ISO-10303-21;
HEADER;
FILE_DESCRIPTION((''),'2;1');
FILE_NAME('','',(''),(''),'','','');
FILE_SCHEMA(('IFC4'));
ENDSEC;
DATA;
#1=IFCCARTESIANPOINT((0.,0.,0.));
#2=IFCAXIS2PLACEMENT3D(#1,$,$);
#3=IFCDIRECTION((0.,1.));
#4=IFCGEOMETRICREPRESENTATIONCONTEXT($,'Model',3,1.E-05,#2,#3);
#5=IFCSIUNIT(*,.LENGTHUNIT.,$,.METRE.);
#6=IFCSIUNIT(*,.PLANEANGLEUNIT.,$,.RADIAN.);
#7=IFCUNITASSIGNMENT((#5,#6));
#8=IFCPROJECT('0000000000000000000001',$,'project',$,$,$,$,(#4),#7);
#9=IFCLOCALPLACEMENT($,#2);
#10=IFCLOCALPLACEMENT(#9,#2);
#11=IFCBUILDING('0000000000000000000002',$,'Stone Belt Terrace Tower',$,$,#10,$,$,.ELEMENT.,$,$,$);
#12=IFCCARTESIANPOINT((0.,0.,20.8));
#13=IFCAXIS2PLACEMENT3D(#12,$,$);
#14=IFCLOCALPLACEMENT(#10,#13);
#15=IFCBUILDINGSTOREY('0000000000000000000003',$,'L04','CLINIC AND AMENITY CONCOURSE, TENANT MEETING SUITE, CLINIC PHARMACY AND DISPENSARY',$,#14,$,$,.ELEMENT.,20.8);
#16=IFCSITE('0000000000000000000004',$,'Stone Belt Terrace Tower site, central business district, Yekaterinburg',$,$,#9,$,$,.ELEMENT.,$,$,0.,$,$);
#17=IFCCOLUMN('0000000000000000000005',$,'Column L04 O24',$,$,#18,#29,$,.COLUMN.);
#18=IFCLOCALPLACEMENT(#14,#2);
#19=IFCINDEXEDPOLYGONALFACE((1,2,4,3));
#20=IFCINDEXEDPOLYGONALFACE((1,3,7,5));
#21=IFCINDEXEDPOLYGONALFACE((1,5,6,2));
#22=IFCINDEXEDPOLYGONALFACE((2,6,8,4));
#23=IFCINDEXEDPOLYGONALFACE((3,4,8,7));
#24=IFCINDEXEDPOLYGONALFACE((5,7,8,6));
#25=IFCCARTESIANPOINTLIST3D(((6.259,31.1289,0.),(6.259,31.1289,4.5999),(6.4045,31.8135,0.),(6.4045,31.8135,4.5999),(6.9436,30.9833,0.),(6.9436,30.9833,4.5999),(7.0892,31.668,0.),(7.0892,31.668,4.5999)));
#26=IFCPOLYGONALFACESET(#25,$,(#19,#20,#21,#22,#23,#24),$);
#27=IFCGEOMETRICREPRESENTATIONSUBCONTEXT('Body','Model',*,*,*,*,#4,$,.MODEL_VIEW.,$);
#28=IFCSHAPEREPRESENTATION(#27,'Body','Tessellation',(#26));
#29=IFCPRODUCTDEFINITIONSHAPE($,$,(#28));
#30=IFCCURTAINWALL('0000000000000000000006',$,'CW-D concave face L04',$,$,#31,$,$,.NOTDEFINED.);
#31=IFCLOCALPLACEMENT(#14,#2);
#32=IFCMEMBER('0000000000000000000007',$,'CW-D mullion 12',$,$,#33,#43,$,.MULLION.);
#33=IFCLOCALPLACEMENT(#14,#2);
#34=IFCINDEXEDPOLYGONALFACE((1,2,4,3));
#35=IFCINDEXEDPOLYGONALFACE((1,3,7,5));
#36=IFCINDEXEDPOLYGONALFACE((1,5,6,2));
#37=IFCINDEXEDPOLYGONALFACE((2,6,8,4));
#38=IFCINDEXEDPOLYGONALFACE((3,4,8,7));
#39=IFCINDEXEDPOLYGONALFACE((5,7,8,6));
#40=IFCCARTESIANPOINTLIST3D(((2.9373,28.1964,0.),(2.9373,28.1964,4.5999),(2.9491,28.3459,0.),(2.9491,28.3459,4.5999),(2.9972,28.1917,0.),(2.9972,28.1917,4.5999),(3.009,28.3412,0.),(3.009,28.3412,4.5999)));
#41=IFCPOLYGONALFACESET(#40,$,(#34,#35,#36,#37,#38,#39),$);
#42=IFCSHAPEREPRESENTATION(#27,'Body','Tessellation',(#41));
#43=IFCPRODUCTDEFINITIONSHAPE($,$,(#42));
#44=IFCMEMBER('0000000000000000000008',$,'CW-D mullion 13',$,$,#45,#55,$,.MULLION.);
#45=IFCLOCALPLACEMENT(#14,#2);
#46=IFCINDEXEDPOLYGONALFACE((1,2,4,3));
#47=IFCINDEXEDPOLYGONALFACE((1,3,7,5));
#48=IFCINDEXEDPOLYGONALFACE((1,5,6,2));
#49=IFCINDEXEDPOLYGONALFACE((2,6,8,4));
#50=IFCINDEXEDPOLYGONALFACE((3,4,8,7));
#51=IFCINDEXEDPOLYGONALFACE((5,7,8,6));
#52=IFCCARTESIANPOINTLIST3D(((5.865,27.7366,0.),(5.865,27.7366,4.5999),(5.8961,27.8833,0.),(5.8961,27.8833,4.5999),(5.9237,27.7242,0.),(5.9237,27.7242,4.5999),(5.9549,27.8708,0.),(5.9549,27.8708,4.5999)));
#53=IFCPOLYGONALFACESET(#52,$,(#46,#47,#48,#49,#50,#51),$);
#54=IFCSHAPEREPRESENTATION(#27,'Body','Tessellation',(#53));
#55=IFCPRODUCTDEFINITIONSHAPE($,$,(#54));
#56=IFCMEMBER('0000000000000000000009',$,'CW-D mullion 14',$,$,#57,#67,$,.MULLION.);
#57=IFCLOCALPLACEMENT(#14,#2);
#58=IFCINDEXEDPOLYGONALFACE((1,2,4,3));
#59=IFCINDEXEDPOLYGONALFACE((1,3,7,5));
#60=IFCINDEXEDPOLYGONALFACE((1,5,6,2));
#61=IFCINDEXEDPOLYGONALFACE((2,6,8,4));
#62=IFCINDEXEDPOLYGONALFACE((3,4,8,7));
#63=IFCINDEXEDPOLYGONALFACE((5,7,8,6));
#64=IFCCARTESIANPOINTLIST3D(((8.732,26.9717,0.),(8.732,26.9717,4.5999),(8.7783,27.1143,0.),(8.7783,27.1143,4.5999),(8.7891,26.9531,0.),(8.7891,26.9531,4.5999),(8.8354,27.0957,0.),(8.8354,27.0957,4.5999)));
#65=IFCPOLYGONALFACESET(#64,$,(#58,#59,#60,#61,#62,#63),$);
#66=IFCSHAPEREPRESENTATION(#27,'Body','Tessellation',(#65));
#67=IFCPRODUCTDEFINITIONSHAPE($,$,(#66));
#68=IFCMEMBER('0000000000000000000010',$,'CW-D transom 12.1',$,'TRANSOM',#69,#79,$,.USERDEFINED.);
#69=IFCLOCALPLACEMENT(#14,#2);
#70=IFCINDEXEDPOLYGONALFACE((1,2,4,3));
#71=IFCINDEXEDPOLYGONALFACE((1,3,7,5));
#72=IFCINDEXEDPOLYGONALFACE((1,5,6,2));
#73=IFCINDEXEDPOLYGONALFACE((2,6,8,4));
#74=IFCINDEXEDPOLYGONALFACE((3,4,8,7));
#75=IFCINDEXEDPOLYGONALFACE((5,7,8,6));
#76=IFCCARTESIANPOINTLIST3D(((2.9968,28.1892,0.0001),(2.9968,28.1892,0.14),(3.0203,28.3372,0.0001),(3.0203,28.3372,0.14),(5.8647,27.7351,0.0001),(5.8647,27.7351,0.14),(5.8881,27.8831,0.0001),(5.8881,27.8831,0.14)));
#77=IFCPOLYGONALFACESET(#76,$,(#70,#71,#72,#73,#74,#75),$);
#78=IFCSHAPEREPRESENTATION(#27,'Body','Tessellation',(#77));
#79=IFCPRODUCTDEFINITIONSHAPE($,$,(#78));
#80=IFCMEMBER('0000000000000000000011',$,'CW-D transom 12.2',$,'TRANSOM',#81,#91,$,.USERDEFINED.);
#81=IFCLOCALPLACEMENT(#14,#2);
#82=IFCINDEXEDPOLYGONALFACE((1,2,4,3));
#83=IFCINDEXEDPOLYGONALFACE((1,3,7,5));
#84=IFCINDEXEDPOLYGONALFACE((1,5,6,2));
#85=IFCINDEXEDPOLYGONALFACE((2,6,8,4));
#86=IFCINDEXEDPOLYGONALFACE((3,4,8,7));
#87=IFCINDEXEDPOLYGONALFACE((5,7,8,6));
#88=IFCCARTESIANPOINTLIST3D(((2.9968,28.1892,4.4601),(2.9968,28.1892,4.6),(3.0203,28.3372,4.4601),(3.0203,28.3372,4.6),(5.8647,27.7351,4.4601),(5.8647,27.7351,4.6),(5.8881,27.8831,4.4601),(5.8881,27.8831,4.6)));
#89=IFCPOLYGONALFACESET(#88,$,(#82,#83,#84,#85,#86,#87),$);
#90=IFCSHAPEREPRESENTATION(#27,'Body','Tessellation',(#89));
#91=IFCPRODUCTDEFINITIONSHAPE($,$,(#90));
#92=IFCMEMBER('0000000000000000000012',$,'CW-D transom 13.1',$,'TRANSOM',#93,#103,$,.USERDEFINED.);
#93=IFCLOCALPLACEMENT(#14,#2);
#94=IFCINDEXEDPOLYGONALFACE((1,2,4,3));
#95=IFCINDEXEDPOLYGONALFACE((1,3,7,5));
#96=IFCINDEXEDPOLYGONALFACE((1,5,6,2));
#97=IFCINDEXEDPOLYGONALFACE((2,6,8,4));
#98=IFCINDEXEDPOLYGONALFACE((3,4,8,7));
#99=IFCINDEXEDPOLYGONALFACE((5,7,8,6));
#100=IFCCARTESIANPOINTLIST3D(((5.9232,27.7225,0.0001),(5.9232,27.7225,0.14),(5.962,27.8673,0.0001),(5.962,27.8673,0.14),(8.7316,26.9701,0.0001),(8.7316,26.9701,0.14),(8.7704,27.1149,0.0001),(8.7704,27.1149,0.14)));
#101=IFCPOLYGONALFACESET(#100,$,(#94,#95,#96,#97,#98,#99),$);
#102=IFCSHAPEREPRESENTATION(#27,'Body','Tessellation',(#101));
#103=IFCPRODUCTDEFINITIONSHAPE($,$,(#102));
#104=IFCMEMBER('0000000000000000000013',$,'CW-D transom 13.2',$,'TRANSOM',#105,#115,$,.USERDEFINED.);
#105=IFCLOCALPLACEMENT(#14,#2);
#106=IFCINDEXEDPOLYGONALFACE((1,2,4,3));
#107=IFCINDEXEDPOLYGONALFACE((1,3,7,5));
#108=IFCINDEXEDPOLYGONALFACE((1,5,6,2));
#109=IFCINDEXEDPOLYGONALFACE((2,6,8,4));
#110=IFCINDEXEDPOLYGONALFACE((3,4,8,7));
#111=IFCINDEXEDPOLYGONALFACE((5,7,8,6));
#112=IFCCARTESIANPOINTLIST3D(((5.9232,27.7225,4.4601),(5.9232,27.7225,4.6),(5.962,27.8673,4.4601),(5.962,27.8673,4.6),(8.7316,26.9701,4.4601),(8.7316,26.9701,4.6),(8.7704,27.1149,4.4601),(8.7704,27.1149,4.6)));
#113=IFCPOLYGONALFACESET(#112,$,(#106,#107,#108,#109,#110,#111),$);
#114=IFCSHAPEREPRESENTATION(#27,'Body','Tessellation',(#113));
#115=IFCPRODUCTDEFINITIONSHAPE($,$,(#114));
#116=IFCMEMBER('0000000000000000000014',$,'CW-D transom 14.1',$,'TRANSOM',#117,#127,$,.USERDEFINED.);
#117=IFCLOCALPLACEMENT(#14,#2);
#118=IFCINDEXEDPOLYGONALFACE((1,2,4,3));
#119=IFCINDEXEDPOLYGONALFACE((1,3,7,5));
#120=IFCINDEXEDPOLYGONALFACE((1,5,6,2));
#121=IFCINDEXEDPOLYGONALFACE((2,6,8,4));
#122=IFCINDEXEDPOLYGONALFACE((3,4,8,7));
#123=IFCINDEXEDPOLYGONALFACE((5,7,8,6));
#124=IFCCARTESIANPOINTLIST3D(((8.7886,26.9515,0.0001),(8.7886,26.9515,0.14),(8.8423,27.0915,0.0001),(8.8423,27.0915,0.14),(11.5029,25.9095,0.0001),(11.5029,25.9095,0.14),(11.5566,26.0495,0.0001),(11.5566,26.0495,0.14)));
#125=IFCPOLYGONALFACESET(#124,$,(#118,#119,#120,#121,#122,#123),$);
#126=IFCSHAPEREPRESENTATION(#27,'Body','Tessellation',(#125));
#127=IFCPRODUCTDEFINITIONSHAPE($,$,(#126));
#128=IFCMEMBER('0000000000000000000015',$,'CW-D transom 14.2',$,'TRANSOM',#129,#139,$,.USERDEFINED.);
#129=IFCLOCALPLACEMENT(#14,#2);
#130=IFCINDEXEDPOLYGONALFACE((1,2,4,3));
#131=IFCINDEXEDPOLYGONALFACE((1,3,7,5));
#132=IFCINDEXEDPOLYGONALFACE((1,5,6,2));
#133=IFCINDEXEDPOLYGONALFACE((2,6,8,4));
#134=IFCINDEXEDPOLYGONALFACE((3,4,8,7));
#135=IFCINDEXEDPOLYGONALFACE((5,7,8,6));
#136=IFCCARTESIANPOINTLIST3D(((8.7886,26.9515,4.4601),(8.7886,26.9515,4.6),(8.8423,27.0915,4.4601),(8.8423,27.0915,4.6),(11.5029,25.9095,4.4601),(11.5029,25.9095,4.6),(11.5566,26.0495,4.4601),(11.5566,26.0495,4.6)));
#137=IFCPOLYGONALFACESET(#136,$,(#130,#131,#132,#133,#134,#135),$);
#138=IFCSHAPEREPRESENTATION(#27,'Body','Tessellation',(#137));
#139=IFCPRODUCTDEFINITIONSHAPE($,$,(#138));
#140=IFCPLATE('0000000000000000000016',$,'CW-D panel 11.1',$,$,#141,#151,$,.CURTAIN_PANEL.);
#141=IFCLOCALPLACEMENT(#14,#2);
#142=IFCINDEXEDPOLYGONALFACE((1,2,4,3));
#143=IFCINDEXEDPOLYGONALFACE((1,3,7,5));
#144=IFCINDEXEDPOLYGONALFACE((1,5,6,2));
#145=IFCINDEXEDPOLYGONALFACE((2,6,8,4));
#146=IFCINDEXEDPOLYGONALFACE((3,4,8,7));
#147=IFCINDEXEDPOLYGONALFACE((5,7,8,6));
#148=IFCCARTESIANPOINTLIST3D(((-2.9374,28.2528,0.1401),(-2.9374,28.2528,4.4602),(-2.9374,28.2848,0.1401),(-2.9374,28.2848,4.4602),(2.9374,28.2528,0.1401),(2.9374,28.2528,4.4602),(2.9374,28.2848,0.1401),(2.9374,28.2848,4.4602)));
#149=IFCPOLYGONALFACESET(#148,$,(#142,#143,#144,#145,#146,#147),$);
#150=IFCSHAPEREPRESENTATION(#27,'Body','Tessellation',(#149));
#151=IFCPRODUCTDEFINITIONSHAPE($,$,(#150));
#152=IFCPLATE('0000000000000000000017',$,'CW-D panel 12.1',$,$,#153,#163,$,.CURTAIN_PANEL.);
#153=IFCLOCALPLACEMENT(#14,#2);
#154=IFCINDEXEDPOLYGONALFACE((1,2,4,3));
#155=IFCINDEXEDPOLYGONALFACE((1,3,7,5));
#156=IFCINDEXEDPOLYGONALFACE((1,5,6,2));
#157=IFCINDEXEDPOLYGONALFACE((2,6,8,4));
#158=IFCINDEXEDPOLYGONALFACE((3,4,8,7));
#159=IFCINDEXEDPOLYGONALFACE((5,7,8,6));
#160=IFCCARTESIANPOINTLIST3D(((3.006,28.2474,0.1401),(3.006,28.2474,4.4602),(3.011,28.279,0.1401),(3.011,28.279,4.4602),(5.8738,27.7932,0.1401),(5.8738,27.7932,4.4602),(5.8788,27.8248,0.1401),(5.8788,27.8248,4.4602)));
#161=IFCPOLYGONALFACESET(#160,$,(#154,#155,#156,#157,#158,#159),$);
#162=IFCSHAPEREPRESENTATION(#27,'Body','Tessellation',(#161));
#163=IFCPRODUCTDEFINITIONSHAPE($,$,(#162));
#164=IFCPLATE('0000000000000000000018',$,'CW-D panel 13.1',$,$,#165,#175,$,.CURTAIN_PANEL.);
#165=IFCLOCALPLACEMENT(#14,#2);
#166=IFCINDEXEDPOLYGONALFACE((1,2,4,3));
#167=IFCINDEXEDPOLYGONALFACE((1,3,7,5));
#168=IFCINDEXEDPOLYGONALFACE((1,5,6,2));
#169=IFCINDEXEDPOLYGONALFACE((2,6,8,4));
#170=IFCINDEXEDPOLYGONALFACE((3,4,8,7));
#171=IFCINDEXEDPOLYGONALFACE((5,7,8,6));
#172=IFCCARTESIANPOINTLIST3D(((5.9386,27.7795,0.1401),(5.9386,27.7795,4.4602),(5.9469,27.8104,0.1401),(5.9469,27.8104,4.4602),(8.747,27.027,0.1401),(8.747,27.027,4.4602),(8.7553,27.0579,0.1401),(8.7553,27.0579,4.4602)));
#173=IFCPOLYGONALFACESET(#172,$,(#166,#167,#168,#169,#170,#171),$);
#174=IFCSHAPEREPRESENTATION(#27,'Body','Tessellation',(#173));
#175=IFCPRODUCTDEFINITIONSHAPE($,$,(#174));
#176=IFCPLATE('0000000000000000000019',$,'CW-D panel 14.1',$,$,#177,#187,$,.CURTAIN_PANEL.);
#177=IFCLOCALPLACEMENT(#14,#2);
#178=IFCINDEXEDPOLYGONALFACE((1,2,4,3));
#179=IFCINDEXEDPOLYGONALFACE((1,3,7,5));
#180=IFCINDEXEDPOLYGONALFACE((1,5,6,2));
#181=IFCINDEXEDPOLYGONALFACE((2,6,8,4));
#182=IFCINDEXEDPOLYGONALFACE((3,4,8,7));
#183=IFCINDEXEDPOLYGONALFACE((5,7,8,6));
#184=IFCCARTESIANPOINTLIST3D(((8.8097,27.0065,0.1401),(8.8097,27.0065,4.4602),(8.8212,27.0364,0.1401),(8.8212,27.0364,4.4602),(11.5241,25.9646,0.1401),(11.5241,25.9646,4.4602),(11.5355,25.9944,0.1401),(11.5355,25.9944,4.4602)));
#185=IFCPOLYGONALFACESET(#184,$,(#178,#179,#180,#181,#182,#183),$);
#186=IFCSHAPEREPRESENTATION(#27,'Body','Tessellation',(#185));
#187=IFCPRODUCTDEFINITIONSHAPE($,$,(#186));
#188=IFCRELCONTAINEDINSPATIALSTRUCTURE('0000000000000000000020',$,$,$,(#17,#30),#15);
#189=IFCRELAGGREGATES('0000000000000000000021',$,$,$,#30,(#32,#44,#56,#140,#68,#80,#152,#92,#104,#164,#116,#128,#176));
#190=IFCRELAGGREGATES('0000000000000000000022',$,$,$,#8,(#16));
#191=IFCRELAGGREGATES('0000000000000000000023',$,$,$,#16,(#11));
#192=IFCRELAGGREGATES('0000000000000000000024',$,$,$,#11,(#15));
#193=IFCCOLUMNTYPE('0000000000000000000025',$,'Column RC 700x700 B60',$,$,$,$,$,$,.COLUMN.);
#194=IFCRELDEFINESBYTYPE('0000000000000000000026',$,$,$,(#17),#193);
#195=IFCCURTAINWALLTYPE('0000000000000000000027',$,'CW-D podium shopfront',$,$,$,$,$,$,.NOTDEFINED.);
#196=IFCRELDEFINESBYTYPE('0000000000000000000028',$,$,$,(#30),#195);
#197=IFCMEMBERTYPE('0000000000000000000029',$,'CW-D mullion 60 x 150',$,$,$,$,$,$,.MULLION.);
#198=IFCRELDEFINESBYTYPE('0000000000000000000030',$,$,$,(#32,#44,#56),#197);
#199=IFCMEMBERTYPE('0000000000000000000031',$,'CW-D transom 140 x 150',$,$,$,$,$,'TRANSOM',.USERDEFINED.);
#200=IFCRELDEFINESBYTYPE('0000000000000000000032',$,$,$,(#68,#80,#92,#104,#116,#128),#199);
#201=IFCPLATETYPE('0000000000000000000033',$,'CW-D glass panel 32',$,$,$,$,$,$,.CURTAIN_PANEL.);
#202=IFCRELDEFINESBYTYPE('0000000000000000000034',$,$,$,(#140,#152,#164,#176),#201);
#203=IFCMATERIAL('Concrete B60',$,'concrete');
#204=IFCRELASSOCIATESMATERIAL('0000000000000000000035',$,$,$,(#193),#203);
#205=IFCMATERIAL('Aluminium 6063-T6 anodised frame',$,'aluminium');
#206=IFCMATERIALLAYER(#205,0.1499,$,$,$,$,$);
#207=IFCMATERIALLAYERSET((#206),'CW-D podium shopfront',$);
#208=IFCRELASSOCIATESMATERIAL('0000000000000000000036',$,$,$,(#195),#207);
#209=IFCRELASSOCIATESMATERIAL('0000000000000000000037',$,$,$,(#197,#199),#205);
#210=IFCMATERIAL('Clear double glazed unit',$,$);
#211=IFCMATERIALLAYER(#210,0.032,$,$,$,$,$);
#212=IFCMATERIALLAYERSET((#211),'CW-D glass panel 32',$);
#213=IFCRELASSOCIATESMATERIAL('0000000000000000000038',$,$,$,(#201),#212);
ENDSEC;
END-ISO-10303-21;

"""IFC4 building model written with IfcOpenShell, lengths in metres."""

from ifc_helpers import new_model, si_unit, direction, frame, origin, origin_2d, place, context, subcontext, project, spatial, rectangle, extrude, material, layer, layer_set, material_profile, profile_set, type_object, element, aggregate, save


model = new_model("IFC4")

# Units and contexts
model_context = context("Model", 3, precision=1e-05, world=origin(), true_north=direction((0.0, 1.0)))
body_context = subcontext(model_context, "Body", "Model", "MODEL_VIEW")
ifc_project = project(units=[si_unit("LENGTHUNIT", "METRE"), si_unit("PLANEANGLEUNIT", "RADIAN")], contexts=[model_context])

# Site, building, storey
site_placement = place(None, origin())
site = spatial("IfcSite", under=ifc_project, at=site_placement, Name="Stone Belt Terrace Tower site, central business district, Yekaterinburg", CompositionType="ELEMENT", RefElevation=0.0)
building_placement = place(site_placement, origin())
building = spatial("IfcBuilding", under=site, at=building_placement, Name="Stone Belt Terrace Tower", CompositionType="ELEMENT")
storey_placement = place(building_placement, frame((0.0, 0.0, 20.8)))
storey = spatial("IfcBuildingStorey", under=building, at=storey_placement, Name="L04", Description="CLINIC AND AMENITY CONCOURSE, TENANT MEETING SUITE, CLINIC PHARMACY AND DISPENSARY", CompositionType="ELEMENT", Elevation=20.8)

# Column
ifc_material_1 = material(Name="Concrete B60", Category="concrete")
ifc_material_profile_1 = material_profile(ifc_material_1, rectangle(XDim=0.7, YDim=0.7, at=origin_2d()), Name="RC 700x700")
ifc_profile_set_1 = profile_set([ifc_material_profile_1], Name="Concrete B60")
column_type = type_object("IfcColumnType", Name="Column RC 700x700 B60", PredefinedType="COLUMN", material=ifc_profile_set_1)
column_placement = place(storey_placement, frame((6.6741, 31.3984, 0.0), z_axis=(0.0, 0.0, 1.0), x_axis=(0.978148, -0.207912, 0.0)))
element("IfcColumn", 1, at=column_placement, inside=storey, type_object=column_type, Name="Column L04 O24", PredefinedType="COLUMN", context=body_context, shape_type="SweptSolid", body=[
    extrude(rectangle(XDim=0.7, YDim=0.7, at=origin_2d()), origin(), (0.0, 0.0, 1.0), 4.5999),
])

# Curtain wall, members, plates
ifc_material_2 = material(Name="Aluminium 6063-T6 anodised frame", Category="aluminium")
ifc_layer_1 = layer(ifc_material_2, 0.1499)
ifc_layer_set_1 = layer_set([ifc_layer_1], Name="CW-D podium shopfront")
curtain_wall_type = type_object("IfcCurtainWallType", Name="CW-D podium shopfront", PredefinedType="NOTDEFINED", material=ifc_layer_set_1)
curtain_wall_placement = place(storey_placement, origin())
curtain_wall = element("IfcCurtainWall", 2, at=curtain_wall_placement, inside=storey, type_object=curtain_wall_type, Name="CW-D concave face L04", PredefinedType="NOTDEFINED")
ifc_material_profile_2 = material_profile(ifc_material_2, rectangle(XDim=0.1499, YDim=0.0601, at=origin_2d()), Name="Aluminium 6063-T6 60x150")
ifc_profile_set_2 = profile_set([ifc_material_profile_2], Name="Aluminium 6063-T6 anodised frame")
member_type_1 = type_object("IfcMemberType", Name="CW-D mullion 60 x 150", PredefinedType="MULLION", material=ifc_profile_set_2)
member_1_placement = place(storey_placement, frame((2.9731, 28.2688, 0.0), z_axis=(0.0, 0.0, 1.0), x_axis=(0.078459, 0.996917, 0.0)))
member_1 = element("IfcMember", 3, at=member_1_placement, type_object=member_type_1, Name="CW-D mullion 12", PredefinedType="MULLION", context=body_context, shape_type="SweptSolid", body=[
    extrude(rectangle(XDim=0.1499, YDim=0.0601, at=origin_2d()), origin(), (0.0, 0.0, 1.0), 4.5999),
])
member_2_placement = place(storey_placement, frame((5.9099, 27.8037, 0.0), z_axis=(0.0, 0.0, 1.0), x_axis=(0.207912, 0.978148, 0.0)))
member_2 = element("IfcMember", 4, at=member_2_placement, type_object=member_type_1, Name="CW-D mullion 13", PredefinedType="MULLION", context=body_context, shape_type="SweptSolid", body=[
    extrude(rectangle(XDim=0.1499, YDim=0.0601, at=origin_2d()), origin(), (0.0, 0.0, 1.0), 4.5999),
])
member_3_placement = place(storey_placement, frame((8.7837, 27.0337, 0.0), z_axis=(0.0, 0.0, 1.0), x_axis=(0.309017, 0.951057, 0.0)))
member_3 = element("IfcMember", 5, at=member_3_placement, type_object=member_type_1, Name="CW-D mullion 14", PredefinedType="MULLION", context=body_context, shape_type="SweptSolid", body=[
    extrude(rectangle(XDim=0.1499, YDim=0.0601, at=origin_2d()), origin(), (0.0, 0.0, 1.0), 4.5999),
])
ifc_material_profile_3 = material_profile(ifc_material_2, rectangle(XDim=0.1499, YDim=0.1399, at=origin_2d()), Name="Aluminium 6063-T6 150x140")
ifc_profile_set_3 = profile_set([ifc_material_profile_3], Name="Aluminium 6063-T6 anodised frame")
member_type_2 = type_object("IfcMemberType", Name="CW-D transom 140 x 150", ElementType="TRANSOM", PredefinedType="USERDEFINED", material=ifc_profile_set_3)
member_4_placement = place(storey_placement, frame((3.0085, 28.2632, 0.0701), z_axis=(0.987695, -0.15639, 0.0), x_axis=(0.15639, 0.987695, 0.0)))
member_4 = element("IfcMember", 6, at=member_4_placement, type_object=member_type_2, Name="CW-D transom 12.1", ObjectType="TRANSOM", PredefinedType="USERDEFINED", context=body_context, shape_type="SweptSolid", body=[
    extrude(rectangle(XDim=0.1499, YDim=0.1399, at=origin_2d()), origin(), (0.0, 0.0, 1.0), 2.9036),
])
member_5_placement = place(storey_placement, frame((3.0085, 28.2632, 4.53), z_axis=(0.987695, -0.15639, 0.0), x_axis=(0.15639, 0.987695, 0.0)))
member_5 = element("IfcMember", 7, at=member_5_placement, type_object=member_type_2, Name="CW-D transom 12.2", ObjectType="TRANSOM", PredefinedType="USERDEFINED", context=body_context, shape_type="SweptSolid", body=[
    extrude(rectangle(XDim=0.1499, YDim=0.1399, at=origin_2d()), origin(), (0.0, 0.0, 1.0), 2.9036),
])
member_6_placement = place(storey_placement, frame((5.9426, 27.7949, 0.0701), z_axis=(0.96593, -0.258802, 0.0), x_axis=(0.258802, 0.96593, 0.0)))
member_6 = element("IfcMember", 8, at=member_6_placement, type_object=member_type_2, Name="CW-D transom 13.1", ObjectType="TRANSOM", PredefinedType="USERDEFINED", context=body_context, shape_type="SweptSolid", body=[
    extrude(rectangle(XDim=0.1499, YDim=0.1399, at=origin_2d()), origin(), (0.0, 0.0, 1.0), 2.9075),
])
member_7_placement = place(storey_placement, frame((5.9426, 27.7949, 4.53), z_axis=(0.96593, -0.258802, 0.0), x_axis=(0.258802, 0.96593, 0.0)))
member_7 = element("IfcMember", 9, at=member_7_placement, type_object=member_type_2, Name="CW-D transom 13.2", ObjectType="TRANSOM", PredefinedType="USERDEFINED", context=body_context, shape_type="SweptSolid", body=[
    extrude(rectangle(XDim=0.1499, YDim=0.1399, at=origin_2d()), origin(), (0.0, 0.0, 1.0), 2.9075),
])
member_8_placement = place(storey_placement, frame((8.8154, 27.0215, 0.0701), z_axis=(0.933575, -0.358383, 0.0), x_axis=(0.358383, 0.933575, 0.0)))
member_8 = element("IfcMember", 10, at=member_8_placement, type_object=member_type_2, Name="CW-D transom 14.1", ObjectType="TRANSOM", PredefinedType="USERDEFINED", context=body_context, shape_type="SweptSolid", body=[
    extrude(rectangle(XDim=0.1499, YDim=0.1399, at=origin_2d()), origin(), (0.0, 0.0, 1.0), 2.9075),
])
member_9_placement = place(storey_placement, frame((8.8154, 27.0215, 4.53), z_axis=(0.933575, -0.358383, 0.0), x_axis=(0.358383, 0.933575, 0.0)))
member_9 = element("IfcMember", 11, at=member_9_placement, type_object=member_type_2, Name="CW-D transom 14.2", ObjectType="TRANSOM", PredefinedType="USERDEFINED", context=body_context, shape_type="SweptSolid", body=[
    extrude(rectangle(XDim=0.1499, YDim=0.1399, at=origin_2d()), origin(), (0.0, 0.0, 1.0), 2.9075),
])
ifc_material_3 = material(Name="Clear double glazed unit")
ifc_layer_2 = layer(ifc_material_3, 0.032)
ifc_layer_set_2 = layer_set([ifc_layer_2], Name="CW-D glass panel 32")
plate_type = type_object("IfcPlateType", Name="CW-D glass panel 32", PredefinedType="CURTAIN_PANEL", material=ifc_layer_set_2)
plate_1_placement = place(storey_placement, frame((0.0, 28.2688, 0.1401), z_axis=(0.0, 0.0, 1.0), x_axis=(1.0, 0.0, 0.0)))
plate_1 = element("IfcPlate", 12, at=plate_1_placement, type_object=plate_type, Name="CW-D panel 11.1", PredefinedType="CURTAIN_PANEL", context=body_context, shape_type="SweptSolid", body=[
    extrude(rectangle(XDim=5.8748, YDim=0.032, at=origin_2d()), origin(), (0.0, 0.0, 1.0), 4.3201),
])
plate_2_placement = place(storey_placement, frame((4.4424, 28.0361, 0.1401), z_axis=(0.0, 0.0, 1.0), x_axis=(0.987688, -0.156434, 0.0)))
plate_2 = element("IfcPlate", 13, at=plate_2_placement, type_object=plate_type, Name="CW-D panel 12.1", PredefinedType="CURTAIN_PANEL", context=body_context, shape_type="SweptSolid", body=[
    extrude(rectangle(XDim=2.9036, YDim=0.032, at=origin_2d()), origin(), (0.0, 0.0, 1.0), 4.3201),
])
plate_3_placement = place(storey_placement, frame((7.3469, 27.4187, 0.1401), z_axis=(0.0, 0.0, 1.0), x_axis=(0.965926, -0.258819, 0.0)))
plate_3 = element("IfcPlate", 14, at=plate_3_placement, type_object=plate_type, Name="CW-D panel 13.1", PredefinedType="CURTAIN_PANEL", context=body_context, shape_type="SweptSolid", body=[
    extrude(rectangle(XDim=2.9075, YDim=0.032, at=origin_2d()), origin(), (0.0, 0.0, 1.0), 4.3201),
])
plate_4_placement = place(storey_placement, frame((10.1726, 26.5005, 0.1401), z_axis=(0.0, 0.0, 1.0), x_axis=(0.93358, -0.358368, 0.0)))
plate_4 = element("IfcPlate", 15, at=plate_4_placement, type_object=plate_type, Name="CW-D panel 14.1", PredefinedType="CURTAIN_PANEL", context=body_context, shape_type="SweptSolid", body=[
    extrude(rectangle(XDim=2.9075, YDim=0.032, at=origin_2d()), origin(), (0.0, 0.0, 1.0), 4.3201),
])
aggregate(curtain_wall, [member_1, member_2, member_3, plate_1, member_4, member_5, plate_2, member_6, member_7, plate_3, member_8, member_9, plate_4])

save(model, "model.ifc")
